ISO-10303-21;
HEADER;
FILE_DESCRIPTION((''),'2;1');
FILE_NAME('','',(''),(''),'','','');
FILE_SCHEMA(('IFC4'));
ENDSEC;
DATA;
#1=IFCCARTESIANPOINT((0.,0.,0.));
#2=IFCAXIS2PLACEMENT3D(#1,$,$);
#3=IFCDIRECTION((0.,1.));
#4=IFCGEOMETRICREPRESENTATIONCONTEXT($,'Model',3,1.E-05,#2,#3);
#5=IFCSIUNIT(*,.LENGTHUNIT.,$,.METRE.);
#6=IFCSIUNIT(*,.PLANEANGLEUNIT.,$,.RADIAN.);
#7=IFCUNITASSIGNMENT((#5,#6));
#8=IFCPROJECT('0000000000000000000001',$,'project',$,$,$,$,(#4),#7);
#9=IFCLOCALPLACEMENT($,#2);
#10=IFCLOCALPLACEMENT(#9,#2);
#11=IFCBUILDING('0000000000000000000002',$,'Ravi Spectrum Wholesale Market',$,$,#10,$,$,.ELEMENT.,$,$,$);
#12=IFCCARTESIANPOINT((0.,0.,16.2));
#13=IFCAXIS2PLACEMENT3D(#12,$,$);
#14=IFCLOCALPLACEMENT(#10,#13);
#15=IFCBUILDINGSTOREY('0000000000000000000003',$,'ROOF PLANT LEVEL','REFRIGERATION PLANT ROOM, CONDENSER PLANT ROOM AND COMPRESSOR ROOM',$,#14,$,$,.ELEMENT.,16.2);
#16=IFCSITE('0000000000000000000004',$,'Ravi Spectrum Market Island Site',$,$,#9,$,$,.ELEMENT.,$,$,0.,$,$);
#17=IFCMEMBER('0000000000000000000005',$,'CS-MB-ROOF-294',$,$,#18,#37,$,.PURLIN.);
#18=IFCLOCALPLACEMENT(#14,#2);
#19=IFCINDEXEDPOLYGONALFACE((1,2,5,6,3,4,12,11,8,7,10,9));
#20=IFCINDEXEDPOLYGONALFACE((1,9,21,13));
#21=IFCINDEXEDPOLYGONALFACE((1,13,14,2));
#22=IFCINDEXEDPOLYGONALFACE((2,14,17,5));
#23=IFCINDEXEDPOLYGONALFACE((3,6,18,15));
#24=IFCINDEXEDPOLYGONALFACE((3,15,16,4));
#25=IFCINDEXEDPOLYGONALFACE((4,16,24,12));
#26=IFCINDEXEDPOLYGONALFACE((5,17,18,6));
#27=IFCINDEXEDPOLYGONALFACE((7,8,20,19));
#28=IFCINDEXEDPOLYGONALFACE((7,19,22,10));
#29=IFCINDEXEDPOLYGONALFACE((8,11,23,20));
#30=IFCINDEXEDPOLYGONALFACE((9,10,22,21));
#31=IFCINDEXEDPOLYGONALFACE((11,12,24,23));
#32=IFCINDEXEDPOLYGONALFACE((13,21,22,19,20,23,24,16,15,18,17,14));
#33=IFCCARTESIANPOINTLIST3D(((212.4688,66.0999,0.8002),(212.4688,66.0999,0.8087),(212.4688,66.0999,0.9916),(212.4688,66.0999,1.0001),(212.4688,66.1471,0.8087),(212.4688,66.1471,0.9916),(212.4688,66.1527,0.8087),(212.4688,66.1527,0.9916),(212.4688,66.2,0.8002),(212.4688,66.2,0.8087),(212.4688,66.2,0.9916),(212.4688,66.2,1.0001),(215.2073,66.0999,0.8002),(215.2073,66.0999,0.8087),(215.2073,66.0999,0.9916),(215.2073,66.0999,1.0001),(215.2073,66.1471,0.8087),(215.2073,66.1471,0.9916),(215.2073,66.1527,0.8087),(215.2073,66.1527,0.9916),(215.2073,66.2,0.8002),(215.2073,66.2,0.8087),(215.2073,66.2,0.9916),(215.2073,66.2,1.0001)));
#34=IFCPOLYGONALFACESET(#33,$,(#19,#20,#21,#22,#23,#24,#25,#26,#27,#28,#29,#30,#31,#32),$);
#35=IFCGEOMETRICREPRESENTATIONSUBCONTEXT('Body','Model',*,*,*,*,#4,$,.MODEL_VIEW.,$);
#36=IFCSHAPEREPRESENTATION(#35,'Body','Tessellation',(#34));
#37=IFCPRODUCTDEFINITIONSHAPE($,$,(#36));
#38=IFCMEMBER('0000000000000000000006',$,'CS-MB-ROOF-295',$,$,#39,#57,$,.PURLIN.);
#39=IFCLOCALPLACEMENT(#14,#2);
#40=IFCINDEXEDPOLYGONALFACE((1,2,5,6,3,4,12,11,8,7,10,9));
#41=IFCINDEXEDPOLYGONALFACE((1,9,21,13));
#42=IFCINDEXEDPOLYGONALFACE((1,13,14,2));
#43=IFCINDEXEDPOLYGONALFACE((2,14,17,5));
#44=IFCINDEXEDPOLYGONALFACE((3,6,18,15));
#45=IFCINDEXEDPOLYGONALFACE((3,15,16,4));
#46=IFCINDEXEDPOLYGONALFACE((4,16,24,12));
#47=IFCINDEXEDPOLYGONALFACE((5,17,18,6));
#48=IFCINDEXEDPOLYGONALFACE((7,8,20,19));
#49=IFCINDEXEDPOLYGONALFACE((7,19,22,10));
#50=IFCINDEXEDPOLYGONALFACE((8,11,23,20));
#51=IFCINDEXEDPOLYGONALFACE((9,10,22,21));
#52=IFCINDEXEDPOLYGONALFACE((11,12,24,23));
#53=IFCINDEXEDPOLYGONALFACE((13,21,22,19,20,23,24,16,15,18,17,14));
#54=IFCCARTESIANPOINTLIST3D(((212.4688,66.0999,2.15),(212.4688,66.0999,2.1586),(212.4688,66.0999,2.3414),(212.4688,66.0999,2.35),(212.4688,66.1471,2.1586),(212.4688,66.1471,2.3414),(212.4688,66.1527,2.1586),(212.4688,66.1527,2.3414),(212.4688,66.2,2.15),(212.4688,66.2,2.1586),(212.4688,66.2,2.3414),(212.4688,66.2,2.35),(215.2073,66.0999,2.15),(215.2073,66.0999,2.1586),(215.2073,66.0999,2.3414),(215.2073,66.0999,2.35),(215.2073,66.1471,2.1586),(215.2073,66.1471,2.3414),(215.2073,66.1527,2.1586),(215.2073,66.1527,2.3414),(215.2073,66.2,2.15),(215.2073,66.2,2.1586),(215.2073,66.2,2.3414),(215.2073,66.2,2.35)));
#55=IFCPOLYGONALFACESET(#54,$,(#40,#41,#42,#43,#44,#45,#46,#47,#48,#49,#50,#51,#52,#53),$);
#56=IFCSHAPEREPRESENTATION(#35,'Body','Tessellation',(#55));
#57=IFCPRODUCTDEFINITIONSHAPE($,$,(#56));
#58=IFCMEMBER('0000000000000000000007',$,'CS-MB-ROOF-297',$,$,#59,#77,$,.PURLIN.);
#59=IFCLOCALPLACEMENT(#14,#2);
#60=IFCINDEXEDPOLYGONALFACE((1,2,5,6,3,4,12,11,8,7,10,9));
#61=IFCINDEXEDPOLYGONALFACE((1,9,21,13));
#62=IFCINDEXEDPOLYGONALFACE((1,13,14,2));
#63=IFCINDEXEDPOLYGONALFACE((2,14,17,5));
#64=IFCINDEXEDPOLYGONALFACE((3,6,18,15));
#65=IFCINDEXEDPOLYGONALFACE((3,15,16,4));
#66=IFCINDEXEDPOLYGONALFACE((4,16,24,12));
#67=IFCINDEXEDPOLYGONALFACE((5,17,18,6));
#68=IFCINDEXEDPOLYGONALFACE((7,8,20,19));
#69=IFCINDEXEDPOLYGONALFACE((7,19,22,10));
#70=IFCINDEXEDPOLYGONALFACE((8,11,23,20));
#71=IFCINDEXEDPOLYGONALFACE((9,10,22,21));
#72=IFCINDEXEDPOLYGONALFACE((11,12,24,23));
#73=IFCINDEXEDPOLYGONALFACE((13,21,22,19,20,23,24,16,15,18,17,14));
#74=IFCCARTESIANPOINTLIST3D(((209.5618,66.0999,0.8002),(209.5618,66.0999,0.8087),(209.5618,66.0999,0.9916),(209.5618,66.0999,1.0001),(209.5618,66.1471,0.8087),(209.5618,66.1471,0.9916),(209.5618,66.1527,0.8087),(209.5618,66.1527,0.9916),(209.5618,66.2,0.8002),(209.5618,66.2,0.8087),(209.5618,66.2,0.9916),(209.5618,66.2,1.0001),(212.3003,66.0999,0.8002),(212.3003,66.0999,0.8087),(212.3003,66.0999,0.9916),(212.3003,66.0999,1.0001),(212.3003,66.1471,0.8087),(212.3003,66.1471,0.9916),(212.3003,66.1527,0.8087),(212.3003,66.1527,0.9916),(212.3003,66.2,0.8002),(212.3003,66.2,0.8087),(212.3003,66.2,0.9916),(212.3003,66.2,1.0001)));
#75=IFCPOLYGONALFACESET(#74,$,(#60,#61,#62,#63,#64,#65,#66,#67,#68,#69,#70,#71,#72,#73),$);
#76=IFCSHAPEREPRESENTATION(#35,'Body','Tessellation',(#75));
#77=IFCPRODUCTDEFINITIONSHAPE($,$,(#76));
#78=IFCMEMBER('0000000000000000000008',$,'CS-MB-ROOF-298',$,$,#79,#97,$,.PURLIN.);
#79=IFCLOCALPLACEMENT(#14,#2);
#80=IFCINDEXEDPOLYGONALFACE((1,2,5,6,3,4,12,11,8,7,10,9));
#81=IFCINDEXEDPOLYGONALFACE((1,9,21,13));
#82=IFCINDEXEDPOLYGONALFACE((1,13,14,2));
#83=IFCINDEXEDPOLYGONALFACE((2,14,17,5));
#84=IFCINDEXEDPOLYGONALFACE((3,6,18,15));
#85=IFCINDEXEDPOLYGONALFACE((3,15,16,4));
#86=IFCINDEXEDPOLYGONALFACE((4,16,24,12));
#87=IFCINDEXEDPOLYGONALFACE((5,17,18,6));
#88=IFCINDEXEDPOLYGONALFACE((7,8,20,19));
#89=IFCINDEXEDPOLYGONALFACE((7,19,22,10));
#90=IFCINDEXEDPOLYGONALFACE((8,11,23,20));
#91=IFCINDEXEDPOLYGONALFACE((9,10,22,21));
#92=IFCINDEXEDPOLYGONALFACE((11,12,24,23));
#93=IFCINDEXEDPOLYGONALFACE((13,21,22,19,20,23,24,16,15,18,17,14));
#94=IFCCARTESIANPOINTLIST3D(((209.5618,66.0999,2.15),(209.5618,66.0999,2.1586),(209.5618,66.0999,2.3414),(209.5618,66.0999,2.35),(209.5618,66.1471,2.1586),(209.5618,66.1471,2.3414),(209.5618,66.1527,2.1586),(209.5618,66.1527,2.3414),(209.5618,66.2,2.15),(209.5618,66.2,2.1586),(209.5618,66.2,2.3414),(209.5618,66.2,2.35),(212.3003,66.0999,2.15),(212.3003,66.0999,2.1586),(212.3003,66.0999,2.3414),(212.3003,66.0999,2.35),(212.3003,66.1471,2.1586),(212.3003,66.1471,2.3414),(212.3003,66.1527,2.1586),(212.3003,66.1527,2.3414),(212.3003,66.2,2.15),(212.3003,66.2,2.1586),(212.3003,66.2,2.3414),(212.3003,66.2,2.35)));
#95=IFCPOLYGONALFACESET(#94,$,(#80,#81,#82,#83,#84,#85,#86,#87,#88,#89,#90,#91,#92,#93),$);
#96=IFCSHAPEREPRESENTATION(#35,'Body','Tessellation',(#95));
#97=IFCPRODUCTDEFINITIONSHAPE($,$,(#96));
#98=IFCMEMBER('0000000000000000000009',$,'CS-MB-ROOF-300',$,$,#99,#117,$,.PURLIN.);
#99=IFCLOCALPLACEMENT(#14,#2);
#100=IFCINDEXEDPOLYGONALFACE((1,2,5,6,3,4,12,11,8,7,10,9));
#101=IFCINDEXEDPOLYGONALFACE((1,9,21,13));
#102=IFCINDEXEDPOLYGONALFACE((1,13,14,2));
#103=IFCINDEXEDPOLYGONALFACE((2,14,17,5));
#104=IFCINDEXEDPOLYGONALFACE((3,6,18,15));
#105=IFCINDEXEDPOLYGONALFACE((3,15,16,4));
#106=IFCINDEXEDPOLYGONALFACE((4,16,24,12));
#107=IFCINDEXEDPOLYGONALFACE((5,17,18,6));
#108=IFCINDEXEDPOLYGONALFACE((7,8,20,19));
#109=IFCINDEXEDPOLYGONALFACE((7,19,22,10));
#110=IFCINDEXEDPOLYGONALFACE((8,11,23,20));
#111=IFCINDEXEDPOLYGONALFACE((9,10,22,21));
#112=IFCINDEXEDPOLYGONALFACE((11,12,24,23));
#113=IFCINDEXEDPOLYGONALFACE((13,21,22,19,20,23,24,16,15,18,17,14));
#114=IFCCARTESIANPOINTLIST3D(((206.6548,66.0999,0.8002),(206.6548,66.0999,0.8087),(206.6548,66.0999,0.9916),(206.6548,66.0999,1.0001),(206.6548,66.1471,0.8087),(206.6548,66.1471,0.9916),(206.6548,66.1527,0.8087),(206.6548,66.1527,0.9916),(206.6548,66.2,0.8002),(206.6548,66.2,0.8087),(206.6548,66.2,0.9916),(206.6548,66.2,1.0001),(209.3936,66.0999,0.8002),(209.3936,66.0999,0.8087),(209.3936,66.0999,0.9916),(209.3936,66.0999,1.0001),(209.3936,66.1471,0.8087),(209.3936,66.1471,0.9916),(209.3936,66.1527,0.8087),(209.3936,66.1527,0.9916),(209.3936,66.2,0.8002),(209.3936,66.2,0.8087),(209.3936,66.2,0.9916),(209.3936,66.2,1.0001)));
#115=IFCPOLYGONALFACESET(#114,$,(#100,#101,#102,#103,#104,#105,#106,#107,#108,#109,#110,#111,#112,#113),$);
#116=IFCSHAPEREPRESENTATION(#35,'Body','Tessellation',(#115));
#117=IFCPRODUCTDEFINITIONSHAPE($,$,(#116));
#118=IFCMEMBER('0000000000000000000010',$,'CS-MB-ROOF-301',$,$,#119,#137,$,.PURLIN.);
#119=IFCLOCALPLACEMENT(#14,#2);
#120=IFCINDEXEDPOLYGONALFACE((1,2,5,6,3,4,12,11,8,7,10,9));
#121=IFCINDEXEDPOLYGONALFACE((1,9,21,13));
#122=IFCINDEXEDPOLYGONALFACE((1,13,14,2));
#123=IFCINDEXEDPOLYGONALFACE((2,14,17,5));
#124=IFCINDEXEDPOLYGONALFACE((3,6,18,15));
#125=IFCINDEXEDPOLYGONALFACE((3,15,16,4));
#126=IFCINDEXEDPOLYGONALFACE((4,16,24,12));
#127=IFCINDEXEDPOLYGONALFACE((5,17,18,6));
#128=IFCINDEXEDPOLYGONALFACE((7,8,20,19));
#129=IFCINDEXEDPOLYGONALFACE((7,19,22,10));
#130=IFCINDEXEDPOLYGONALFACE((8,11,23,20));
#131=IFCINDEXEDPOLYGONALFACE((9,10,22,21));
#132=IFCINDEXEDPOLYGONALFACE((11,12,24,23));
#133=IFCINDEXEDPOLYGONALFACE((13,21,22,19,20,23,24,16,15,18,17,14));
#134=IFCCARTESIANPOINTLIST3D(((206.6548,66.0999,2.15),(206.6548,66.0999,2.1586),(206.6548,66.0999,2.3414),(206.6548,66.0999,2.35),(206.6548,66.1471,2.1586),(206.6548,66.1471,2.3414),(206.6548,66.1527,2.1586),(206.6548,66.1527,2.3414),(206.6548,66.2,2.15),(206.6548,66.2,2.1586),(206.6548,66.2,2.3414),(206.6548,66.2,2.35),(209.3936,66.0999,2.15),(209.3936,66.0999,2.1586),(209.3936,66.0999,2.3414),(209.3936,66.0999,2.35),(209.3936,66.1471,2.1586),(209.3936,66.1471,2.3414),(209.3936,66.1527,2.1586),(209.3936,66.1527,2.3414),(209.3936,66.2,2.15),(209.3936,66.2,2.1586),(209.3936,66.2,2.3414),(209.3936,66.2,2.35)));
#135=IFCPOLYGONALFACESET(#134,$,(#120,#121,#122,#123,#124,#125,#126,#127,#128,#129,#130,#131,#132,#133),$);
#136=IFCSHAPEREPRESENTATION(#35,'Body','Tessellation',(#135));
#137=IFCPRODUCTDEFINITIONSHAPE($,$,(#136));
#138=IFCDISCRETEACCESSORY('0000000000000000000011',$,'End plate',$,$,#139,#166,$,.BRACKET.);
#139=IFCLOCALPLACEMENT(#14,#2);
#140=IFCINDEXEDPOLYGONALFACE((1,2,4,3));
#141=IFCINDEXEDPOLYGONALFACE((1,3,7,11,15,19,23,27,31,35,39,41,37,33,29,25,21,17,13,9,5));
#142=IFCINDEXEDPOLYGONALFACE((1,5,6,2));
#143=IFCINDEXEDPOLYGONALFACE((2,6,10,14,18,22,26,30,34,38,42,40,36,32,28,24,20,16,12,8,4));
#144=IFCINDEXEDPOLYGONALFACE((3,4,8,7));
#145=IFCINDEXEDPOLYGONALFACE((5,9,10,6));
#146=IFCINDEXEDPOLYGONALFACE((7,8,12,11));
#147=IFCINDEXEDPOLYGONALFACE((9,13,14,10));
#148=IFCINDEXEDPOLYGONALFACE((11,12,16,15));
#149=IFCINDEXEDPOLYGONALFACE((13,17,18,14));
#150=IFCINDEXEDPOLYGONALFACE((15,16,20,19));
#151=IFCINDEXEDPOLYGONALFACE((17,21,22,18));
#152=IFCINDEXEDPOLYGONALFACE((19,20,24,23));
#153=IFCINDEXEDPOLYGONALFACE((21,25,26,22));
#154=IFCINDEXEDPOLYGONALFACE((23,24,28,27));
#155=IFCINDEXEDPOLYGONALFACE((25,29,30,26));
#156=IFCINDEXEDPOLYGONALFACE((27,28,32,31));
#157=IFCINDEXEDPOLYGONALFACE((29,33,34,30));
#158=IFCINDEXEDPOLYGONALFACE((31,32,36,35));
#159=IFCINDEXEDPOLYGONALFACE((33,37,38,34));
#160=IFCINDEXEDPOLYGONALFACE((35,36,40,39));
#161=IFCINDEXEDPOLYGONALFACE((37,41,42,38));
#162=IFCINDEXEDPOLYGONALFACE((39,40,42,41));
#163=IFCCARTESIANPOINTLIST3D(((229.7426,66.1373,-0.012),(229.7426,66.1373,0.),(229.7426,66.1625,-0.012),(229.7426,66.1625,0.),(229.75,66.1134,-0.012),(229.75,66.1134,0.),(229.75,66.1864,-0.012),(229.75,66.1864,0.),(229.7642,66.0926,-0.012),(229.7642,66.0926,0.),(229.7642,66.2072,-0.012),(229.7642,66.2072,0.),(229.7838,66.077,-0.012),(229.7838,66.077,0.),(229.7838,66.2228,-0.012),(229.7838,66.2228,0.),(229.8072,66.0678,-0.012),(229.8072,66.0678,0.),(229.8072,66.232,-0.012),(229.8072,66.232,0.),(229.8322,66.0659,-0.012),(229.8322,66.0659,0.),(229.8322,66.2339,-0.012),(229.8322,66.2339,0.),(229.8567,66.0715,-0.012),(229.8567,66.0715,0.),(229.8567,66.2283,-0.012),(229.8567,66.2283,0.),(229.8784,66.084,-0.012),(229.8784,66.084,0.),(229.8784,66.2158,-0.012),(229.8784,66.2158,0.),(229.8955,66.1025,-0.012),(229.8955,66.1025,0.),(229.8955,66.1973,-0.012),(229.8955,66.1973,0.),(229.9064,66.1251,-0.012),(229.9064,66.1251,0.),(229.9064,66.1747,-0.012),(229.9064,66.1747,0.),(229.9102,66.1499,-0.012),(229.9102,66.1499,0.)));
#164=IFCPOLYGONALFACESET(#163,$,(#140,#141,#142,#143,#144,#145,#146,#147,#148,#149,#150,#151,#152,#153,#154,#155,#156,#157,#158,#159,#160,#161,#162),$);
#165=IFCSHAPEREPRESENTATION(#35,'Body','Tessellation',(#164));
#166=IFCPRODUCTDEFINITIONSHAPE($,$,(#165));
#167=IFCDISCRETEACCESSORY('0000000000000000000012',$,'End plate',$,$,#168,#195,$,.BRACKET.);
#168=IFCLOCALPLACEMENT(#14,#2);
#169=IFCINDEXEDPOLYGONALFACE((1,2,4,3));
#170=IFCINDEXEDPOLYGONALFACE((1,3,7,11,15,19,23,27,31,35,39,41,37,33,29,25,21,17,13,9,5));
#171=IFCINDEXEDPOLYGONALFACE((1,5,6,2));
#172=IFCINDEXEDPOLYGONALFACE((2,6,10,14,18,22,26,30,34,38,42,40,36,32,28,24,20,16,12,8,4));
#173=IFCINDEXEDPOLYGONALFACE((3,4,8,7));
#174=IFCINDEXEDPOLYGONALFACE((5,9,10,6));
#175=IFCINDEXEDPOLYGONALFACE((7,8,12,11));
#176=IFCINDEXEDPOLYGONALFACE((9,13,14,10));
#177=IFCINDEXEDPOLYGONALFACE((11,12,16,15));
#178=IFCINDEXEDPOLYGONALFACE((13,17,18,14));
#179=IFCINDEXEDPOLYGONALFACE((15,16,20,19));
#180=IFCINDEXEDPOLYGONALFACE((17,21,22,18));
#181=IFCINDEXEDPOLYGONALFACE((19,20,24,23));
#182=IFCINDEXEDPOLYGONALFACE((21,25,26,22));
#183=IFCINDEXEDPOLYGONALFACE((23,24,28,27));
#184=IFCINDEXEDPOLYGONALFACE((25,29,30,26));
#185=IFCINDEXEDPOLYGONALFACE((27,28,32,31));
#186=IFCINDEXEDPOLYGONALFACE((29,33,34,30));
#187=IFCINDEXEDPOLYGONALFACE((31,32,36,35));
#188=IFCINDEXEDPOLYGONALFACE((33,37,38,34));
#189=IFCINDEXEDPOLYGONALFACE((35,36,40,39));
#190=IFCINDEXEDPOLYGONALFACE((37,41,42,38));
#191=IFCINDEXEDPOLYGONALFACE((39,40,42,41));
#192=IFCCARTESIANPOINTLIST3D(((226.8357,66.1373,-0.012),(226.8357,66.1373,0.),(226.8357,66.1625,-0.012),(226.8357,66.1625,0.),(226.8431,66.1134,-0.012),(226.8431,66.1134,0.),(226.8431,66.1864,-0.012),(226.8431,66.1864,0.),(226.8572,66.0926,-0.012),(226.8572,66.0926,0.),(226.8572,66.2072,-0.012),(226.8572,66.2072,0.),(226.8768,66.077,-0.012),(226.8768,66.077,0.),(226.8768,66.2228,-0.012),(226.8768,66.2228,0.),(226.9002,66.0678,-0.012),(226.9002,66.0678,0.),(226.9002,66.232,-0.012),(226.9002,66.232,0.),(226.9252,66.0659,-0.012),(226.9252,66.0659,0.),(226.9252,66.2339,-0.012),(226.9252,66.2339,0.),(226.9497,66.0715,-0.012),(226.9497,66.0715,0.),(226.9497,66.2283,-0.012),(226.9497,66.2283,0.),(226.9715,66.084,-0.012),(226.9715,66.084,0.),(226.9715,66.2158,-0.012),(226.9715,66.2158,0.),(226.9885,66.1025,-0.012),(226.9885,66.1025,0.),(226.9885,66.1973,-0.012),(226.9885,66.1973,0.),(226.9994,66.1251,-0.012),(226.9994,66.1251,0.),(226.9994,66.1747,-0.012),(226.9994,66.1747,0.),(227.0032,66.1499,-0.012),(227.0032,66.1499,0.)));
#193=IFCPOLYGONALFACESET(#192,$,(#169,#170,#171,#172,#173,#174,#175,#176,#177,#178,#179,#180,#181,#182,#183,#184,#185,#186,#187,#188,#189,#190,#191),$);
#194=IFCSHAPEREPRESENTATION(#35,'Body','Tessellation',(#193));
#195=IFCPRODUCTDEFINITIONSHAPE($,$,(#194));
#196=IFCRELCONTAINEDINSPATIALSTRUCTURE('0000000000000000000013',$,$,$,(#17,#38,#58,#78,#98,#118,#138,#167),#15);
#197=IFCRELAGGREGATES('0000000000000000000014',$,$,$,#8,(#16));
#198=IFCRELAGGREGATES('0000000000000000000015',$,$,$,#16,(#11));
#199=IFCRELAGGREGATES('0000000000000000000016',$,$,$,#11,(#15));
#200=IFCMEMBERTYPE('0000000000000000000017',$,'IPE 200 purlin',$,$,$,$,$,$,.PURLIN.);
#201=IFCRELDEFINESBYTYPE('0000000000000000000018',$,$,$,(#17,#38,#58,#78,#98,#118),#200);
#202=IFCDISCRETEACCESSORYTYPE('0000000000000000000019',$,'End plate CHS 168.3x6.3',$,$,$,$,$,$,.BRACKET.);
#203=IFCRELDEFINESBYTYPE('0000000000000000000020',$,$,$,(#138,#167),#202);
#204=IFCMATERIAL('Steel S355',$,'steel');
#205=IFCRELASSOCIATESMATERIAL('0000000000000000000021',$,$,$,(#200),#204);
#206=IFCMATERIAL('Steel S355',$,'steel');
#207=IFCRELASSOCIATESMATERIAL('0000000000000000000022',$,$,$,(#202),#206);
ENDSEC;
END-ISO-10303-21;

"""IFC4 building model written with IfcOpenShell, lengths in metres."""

from ifc_helpers import new_model, si_unit, direction, frame, origin, origin_2d, place, context, subcontext, project, spatial, circle, i_section, extrude, material, material_profile, profile_set, type_object, element, save


model = new_model("IFC4")

# Units and contexts
model_context = context("Model", 3, precision=1e-05, world=origin(), true_north=direction((0.0, 1.0)))
body_context = subcontext(model_context, "Body", "Model", "MODEL_VIEW")
ifc_project = project(units=[si_unit("LENGTHUNIT", "METRE"), si_unit("PLANEANGLEUNIT", "RADIAN")], contexts=[model_context])

# Site, building, storey
site_placement = place(None, origin())
site = spatial("IfcSite", under=ifc_project, at=site_placement, Name="Ravi Spectrum Market Island Site", CompositionType="ELEMENT", RefElevation=0.0)
building_placement = place(site_placement, origin())
building = spatial("IfcBuilding", under=site, at=building_placement, Name="Ravi Spectrum Wholesale Market", CompositionType="ELEMENT")
storey_placement = place(building_placement, frame((0.0, 0.0, 16.2)))
storey = spatial("IfcBuildingStorey", under=building, at=storey_placement, Name="ROOF PLANT LEVEL", Description="REFRIGERATION PLANT ROOM, CONDENSER PLANT ROOM AND COMPRESSOR ROOM", CompositionType="ELEMENT", Elevation=16.2)

# Members
ifc_material_1 = material(Name="Steel S355", Category="steel")
ifc_material_profile_1 = material_profile(ifc_material_1, i_section(OverallWidth=0.1001, OverallDepth=0.2, WebThickness=0.0056, FlangeThickness=0.0085, at=origin_2d()))
ifc_profile_set_1 = profile_set([ifc_material_profile_1], Name="Steel S355")
member_type_1 = type_object("IfcMemberType", Name="IPE 200 purlin", PredefinedType="PURLIN", material=ifc_profile_set_1)
for number, where, z_axis, x_axis, name in (
    (1, (215.2073, 66.1499, 0.9001), (-1.0, 0.0, 0.0), (0.0, -1.0, 0.0), "CS-MB-ROOF-294"),
    (2, (215.2073, 66.1499, 2.25), (-1.0, 0.0, 0.0), (0.0, -1.0, 0.0), "CS-MB-ROOF-295"),
    (3, (212.3003, 66.1499, 0.9001), (-1.0, 0.0, 0.0), (0.0, -1.0, 0.0), "CS-MB-ROOF-297"),
    (4, (212.3003, 66.1499, 2.25), (-1.0, 0.0, 0.0), (0.0, -1.0, 0.0), "CS-MB-ROOF-298"),
):
    element("IfcMember", number, at=place(storey_placement, frame(where, z_axis=z_axis, x_axis=x_axis)), inside=storey, type_object=member_type_1, Name=name, PredefinedType="PURLIN", context=body_context, shape_type="SweptSolid", body=[
        extrude(i_section(OverallWidth=0.1001, OverallDepth=0.2, WebThickness=0.0056, FlangeThickness=0.0085, at=origin_2d()), origin(), (0.0, 0.0, 1.0), 2.7385),
    ])
for number, where, z_axis, x_axis, name in (
    (5, (209.3936, 66.1499, 0.9001), (-1.0, 0.0, 0.0), (0.0, -1.0, 0.0), "CS-MB-ROOF-300"),
    (6, (209.3936, 66.1499, 2.25), (-1.0, 0.0, 0.0), (0.0, -1.0, 0.0), "CS-MB-ROOF-301"),
):
    element("IfcMember", number, at=place(storey_placement, frame(where, z_axis=z_axis, x_axis=x_axis)), inside=storey, type_object=member_type_1, Name=name, PredefinedType="PURLIN", context=body_context, shape_type="SweptSolid", body=[
        extrude(i_section(OverallWidth=0.1001, OverallDepth=0.2, WebThickness=0.0056, FlangeThickness=0.0085, at=origin_2d()), origin(), (0.0, 0.0, 1.0), 2.7388),
    ])

# Discrete accessories
ifc_material_2 = material(Name="Steel S355", Category="steel")
ifc_material_profile_2 = material_profile(ifc_material_2, circle(Radius=0.0842, at=origin_2d()))
ifc_profile_set_2 = profile_set([ifc_material_profile_2], Name="Steel S355")
discrete_accessory_type = type_object("IfcDiscreteAccessoryType", Name="End plate CHS 168.3x6.3", PredefinedType="BRACKET", material=ifc_profile_set_2)
for number, where, z_axis, x_axis, name in (
    (7, (229.8259, 66.1499, 0.0), (0.0, 0.0, -1.0), (1.0, 0.0, 0.0), "End plate"),
    (8, (226.9189, 66.1499, 0.0), (0.0, 0.0, -1.0), (1.0, 0.0, 0.0), "End plate"),
):
    element("IfcDiscreteAccessory", number, at=place(storey_placement, frame(where, z_axis=z_axis, x_axis=x_axis)), inside=storey, type_object=discrete_accessory_type, Name=name, PredefinedType="BRACKET", context=body_context, shape_type="SweptSolid", body=[
        extrude(circle(Radius=0.0842, at=origin_2d()), origin(), (0.0, 0.0, 1.0), 0.012),
    ])

save(model, "model.ifc")
